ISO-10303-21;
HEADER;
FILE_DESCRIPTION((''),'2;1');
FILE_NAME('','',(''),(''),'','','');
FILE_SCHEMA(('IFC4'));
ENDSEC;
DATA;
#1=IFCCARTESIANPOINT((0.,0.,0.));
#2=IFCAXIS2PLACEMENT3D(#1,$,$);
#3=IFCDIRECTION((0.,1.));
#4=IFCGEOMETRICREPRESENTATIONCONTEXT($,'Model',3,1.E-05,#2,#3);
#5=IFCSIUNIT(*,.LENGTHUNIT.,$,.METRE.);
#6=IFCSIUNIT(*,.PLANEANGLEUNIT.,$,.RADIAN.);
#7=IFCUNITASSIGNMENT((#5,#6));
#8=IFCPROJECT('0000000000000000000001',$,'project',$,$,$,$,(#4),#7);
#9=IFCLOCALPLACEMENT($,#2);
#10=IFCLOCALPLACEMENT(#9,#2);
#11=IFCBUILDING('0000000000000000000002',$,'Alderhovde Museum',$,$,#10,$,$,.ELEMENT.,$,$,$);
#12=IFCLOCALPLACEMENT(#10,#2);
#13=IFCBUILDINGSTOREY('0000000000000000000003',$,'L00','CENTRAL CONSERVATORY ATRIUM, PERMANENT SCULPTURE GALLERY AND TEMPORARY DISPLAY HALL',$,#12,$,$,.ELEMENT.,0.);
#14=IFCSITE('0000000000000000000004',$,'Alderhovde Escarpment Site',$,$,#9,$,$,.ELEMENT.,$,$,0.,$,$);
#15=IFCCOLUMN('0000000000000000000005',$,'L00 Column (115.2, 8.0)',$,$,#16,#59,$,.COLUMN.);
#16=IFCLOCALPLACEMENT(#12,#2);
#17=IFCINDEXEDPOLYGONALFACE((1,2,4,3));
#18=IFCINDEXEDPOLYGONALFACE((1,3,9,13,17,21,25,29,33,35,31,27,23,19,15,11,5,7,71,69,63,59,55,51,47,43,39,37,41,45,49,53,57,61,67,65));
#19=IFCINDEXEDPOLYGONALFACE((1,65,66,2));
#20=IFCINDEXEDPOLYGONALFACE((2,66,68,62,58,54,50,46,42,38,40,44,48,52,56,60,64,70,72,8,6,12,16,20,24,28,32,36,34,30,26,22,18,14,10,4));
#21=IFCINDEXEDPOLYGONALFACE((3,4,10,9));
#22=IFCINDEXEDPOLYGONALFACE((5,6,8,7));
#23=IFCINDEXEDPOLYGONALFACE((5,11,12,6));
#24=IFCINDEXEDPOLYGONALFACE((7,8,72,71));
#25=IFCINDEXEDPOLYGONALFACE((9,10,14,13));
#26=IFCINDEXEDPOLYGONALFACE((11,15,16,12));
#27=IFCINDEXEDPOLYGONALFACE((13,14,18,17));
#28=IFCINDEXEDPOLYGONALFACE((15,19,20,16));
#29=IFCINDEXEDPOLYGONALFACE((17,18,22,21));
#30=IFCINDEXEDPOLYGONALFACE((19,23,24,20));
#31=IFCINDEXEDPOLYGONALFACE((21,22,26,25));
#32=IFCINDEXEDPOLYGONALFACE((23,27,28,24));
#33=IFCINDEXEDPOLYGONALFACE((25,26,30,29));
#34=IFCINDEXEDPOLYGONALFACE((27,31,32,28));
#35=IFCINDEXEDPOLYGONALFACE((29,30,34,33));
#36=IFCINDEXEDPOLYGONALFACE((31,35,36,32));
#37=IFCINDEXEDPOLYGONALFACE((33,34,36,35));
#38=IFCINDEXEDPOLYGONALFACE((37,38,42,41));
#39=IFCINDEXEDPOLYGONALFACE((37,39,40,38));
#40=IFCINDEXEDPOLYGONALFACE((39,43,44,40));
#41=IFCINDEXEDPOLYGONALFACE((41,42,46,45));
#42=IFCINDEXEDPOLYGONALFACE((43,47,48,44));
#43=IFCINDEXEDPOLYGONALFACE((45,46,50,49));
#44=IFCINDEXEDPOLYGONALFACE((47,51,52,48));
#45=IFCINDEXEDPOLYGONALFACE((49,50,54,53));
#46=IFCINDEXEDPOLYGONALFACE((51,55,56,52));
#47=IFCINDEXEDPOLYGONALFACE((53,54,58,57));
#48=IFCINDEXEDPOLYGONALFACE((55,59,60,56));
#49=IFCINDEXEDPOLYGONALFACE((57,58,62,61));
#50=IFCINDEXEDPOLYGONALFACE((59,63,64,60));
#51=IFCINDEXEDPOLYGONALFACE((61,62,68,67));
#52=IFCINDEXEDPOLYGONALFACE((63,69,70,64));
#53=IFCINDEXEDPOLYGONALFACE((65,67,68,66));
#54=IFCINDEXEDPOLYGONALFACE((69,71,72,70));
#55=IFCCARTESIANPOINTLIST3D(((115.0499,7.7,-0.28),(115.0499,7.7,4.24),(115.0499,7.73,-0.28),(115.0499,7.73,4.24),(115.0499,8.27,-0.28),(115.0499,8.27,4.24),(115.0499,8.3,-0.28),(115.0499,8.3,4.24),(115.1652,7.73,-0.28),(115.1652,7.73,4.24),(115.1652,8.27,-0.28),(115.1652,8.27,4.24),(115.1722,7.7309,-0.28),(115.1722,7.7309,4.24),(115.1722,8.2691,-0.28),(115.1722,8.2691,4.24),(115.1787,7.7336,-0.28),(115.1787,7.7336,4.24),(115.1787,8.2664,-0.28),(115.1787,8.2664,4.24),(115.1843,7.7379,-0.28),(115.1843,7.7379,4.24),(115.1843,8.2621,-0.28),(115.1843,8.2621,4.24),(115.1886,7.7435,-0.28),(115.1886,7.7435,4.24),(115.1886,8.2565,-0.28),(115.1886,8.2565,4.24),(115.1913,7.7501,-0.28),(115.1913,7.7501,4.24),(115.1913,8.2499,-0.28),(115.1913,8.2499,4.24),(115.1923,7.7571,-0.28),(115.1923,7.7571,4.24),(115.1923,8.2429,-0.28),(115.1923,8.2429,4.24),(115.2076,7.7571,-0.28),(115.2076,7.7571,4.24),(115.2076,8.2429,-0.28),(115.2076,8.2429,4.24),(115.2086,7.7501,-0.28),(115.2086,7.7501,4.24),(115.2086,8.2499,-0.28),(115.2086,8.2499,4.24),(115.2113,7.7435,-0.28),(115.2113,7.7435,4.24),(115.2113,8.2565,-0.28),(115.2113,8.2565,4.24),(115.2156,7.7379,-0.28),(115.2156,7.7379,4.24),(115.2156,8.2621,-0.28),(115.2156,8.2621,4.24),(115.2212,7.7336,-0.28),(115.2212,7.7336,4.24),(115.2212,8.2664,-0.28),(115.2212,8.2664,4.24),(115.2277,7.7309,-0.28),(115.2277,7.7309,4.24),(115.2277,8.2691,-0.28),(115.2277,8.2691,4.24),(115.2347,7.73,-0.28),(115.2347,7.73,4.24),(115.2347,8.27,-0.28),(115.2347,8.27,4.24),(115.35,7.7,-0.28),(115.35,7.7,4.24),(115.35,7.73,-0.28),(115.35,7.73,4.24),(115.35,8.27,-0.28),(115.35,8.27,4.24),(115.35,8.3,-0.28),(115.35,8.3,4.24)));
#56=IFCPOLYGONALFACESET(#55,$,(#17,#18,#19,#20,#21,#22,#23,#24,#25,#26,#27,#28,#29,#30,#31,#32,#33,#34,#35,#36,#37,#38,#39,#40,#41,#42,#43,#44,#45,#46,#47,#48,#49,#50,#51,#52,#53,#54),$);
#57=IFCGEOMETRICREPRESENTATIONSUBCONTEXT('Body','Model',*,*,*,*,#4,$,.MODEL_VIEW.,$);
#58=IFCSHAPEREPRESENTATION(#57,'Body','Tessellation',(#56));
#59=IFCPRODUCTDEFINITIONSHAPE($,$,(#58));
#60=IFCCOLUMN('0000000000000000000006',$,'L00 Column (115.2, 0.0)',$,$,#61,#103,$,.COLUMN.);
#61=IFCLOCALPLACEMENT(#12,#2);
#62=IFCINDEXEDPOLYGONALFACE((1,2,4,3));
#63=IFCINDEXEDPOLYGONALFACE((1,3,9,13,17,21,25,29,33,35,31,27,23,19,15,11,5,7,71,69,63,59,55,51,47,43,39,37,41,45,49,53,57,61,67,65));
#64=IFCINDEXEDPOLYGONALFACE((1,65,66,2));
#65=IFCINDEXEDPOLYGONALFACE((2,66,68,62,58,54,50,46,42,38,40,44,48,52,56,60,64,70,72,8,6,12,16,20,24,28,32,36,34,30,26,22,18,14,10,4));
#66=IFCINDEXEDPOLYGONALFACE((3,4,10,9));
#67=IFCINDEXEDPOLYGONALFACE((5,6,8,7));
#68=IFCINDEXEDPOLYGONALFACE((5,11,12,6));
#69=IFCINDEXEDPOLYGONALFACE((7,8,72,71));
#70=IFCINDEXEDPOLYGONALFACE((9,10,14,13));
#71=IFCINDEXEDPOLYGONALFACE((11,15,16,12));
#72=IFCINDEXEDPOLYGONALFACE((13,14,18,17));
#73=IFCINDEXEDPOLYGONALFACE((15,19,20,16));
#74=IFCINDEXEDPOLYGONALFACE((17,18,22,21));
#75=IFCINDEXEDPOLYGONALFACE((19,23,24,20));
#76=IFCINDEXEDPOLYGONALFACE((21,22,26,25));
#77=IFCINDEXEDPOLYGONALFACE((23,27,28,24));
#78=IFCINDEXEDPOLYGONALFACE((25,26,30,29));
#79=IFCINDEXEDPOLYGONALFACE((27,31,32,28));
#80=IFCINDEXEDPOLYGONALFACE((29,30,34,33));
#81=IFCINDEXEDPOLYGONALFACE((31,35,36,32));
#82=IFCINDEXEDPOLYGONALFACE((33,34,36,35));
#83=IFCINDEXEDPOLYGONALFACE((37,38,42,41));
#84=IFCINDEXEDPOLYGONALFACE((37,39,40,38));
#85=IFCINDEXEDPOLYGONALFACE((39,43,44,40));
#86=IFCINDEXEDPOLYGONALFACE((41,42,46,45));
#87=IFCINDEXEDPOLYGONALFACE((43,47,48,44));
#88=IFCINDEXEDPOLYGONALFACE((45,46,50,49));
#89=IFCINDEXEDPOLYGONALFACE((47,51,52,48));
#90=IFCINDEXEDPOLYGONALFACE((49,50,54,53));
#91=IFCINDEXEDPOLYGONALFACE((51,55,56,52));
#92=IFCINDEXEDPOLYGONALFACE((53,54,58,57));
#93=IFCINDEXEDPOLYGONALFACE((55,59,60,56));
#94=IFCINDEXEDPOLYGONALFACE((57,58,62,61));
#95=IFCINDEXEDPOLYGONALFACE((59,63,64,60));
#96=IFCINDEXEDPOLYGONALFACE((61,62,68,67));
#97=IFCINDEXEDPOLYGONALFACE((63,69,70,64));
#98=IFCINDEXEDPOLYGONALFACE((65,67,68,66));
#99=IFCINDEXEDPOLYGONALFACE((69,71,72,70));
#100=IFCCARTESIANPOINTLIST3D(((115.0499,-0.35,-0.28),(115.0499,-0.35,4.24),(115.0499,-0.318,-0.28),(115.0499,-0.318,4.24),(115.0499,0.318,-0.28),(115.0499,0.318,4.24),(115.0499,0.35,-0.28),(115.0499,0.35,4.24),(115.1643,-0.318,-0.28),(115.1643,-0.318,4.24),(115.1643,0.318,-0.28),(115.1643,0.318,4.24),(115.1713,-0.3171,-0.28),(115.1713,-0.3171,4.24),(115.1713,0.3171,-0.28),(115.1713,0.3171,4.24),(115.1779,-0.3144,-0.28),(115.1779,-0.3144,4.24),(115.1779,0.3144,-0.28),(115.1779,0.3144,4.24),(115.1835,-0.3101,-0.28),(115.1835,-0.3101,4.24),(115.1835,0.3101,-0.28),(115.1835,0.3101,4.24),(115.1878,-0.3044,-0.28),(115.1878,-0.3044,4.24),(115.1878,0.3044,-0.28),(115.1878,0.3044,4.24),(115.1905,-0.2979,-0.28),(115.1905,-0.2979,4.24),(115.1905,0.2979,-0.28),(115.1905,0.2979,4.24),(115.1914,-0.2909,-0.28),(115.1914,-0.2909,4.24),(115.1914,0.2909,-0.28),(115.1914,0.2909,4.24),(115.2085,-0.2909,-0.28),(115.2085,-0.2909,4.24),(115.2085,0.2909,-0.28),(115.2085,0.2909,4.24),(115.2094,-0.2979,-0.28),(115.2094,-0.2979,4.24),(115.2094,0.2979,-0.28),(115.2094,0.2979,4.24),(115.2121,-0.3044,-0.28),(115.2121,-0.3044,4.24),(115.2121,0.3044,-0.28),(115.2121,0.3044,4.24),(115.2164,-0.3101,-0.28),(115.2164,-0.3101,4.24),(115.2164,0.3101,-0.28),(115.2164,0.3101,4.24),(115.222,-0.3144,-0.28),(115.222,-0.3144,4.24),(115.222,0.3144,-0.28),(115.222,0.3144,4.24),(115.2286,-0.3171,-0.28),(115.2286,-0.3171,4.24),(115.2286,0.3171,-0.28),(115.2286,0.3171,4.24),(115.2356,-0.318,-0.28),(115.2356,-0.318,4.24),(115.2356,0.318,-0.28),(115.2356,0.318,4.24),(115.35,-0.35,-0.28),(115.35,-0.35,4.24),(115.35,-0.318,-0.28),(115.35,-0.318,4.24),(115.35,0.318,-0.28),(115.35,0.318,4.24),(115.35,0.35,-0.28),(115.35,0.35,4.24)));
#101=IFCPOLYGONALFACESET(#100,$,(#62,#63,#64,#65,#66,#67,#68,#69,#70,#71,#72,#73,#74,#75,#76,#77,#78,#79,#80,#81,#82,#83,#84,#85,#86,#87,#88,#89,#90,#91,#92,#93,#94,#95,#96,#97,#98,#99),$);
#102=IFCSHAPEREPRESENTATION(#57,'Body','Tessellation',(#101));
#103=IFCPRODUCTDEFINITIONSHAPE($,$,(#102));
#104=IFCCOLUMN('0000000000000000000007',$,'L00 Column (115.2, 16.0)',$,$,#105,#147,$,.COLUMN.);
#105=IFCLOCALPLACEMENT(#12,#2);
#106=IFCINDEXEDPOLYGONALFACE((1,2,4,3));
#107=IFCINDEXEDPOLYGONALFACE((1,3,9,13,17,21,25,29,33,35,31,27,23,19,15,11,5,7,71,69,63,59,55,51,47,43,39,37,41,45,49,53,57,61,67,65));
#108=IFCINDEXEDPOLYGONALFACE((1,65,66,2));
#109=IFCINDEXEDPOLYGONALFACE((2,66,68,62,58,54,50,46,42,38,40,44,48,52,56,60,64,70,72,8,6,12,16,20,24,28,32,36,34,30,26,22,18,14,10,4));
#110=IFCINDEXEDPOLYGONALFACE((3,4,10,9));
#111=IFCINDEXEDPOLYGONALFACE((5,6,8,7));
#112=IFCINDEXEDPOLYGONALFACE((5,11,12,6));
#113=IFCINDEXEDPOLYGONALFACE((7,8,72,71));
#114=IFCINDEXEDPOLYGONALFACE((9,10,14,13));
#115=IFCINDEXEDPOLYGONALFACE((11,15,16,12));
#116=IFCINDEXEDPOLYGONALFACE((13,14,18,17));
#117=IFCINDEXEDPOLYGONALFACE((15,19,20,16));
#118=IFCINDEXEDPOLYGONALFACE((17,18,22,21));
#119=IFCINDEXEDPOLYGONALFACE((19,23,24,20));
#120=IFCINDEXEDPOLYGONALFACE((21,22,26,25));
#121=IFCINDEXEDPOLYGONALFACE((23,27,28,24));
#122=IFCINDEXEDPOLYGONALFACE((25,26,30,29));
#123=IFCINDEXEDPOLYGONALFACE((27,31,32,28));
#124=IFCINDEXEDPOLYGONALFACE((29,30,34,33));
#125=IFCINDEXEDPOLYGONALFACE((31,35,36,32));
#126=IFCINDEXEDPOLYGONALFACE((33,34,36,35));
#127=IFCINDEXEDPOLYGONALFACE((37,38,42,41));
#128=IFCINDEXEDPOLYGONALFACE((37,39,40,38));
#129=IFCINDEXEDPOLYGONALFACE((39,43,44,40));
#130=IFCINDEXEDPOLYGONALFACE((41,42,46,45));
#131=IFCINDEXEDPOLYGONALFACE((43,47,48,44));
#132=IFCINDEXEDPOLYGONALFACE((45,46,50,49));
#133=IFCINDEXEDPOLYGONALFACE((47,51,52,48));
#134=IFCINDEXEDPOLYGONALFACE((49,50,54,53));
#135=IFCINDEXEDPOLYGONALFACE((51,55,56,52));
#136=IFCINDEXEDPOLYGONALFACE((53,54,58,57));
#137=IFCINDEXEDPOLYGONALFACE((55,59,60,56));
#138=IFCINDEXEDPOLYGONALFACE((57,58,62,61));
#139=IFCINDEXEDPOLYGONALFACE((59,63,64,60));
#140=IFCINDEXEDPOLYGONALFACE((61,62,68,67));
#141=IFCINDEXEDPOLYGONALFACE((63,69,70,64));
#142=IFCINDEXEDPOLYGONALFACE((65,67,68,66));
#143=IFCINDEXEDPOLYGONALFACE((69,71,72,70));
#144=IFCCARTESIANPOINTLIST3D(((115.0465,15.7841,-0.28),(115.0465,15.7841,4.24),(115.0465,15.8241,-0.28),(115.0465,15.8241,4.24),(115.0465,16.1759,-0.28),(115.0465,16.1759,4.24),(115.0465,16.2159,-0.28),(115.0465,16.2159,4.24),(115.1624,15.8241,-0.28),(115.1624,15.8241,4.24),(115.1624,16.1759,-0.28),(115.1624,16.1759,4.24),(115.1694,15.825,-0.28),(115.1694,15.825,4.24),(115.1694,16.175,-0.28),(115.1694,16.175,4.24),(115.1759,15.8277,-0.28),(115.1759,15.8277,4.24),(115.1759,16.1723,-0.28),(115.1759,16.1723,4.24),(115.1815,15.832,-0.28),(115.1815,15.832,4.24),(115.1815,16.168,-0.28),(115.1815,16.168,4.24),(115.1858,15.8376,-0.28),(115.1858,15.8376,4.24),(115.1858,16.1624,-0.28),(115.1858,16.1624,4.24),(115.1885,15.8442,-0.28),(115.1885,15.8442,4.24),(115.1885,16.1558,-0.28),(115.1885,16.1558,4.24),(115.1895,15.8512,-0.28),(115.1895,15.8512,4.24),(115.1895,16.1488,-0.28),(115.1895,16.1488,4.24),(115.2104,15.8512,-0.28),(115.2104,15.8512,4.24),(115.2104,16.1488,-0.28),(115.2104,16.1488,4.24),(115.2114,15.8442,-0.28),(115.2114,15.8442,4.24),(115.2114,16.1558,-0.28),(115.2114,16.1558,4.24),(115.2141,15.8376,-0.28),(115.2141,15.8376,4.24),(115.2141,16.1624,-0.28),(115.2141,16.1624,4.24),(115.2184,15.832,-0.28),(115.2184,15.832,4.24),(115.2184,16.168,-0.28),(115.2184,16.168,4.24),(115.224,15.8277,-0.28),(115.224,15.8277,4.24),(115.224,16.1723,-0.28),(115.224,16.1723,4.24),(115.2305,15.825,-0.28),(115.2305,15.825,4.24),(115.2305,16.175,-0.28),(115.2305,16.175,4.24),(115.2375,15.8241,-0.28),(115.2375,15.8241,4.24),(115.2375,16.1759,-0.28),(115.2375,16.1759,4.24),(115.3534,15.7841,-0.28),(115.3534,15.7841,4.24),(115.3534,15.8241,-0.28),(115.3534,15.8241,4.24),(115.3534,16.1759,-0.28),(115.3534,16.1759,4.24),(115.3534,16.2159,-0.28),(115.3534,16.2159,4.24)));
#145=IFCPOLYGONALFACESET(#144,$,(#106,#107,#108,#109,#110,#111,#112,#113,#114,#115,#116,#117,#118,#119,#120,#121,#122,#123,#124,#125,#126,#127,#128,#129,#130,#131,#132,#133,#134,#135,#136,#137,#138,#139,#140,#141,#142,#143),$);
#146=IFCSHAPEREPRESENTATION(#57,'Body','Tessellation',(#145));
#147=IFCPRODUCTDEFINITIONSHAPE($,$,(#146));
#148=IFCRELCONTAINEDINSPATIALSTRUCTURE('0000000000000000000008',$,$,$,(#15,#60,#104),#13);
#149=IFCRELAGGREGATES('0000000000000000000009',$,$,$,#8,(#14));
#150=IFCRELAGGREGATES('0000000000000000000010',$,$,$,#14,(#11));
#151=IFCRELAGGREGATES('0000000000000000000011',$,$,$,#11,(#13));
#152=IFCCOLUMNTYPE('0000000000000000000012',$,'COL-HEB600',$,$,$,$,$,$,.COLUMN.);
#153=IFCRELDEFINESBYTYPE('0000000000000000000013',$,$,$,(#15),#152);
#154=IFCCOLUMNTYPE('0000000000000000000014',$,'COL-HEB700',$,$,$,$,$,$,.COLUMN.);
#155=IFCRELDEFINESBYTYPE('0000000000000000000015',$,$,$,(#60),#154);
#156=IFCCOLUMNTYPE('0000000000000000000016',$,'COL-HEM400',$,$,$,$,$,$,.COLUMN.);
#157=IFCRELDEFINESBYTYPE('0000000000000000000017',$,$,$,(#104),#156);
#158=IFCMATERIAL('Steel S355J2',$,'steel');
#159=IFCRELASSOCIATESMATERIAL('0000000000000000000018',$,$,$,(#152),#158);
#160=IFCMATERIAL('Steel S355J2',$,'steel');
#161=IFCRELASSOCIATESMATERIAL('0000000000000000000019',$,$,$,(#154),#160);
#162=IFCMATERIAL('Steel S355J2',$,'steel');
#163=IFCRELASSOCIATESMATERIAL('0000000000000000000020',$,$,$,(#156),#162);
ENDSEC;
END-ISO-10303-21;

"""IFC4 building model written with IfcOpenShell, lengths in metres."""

from ifc_helpers import new_model, si_unit, direction, frame, origin, origin_2d, place, context, subcontext, project, spatial, i_section, extrude, material, material_profile, profile_set, type_object, element, save


model = new_model("IFC4")

# Units and contexts
model_context = context("Model", 3, precision=1e-05, world=origin(), true_north=direction((0.0, 1.0)))
body_context = subcontext(model_context, "Body", "Model", "MODEL_VIEW")
ifc_project = project(units=[si_unit("LENGTHUNIT", "METRE"), si_unit("PLANEANGLEUNIT", "RADIAN")], contexts=[model_context])

# Site, building, storey
site_placement = place(None, origin())
site = spatial("IfcSite", under=ifc_project, at=site_placement, Name="Alderhovde Escarpment Site", CompositionType="ELEMENT", RefElevation=0.0)
building_placement = place(site_placement, origin())
building = spatial("IfcBuilding", under=site, at=building_placement, Name="Alderhovde Museum", CompositionType="ELEMENT")
storey_placement = place(building_placement, origin())
storey = spatial("IfcBuildingStorey", under=building, at=storey_placement, Name="L00", Description="CENTRAL CONSERVATORY ATRIUM, PERMANENT SCULPTURE GALLERY AND TEMPORARY DISPLAY HALL", CompositionType="ELEMENT", Elevation=0.0)

# Columns
ifc_material_1 = material(Name="Steel S355J2", Category="steel")
ifc_material_profile_1 = material_profile(ifc_material_1, i_section(OverallWidth=0.3, OverallDepth=0.6001, WebThickness=0.0154, FlangeThickness=0.03, FilletRadius=0.0271, at=origin_2d()), Name="HEB 600")
ifc_profile_set_1 = profile_set([ifc_material_profile_1], Name="Steel S355J2")
column_type_1 = type_object("IfcColumnType", Name="COL-HEB600", PredefinedType="COLUMN", material=ifc_profile_set_1)
column_1_placement = place(storey_placement, frame((115.2, 8.0, -0.28), z_axis=(0.0, 0.0, 1.0), x_axis=(1.0, 0.0, 0.0)))
element("IfcColumn", 1, at=column_1_placement, inside=storey, type_object=column_type_1, Name="L00 Column (115.2, 8.0)", PredefinedType="COLUMN", context=body_context, shape_type="SweptSolid", body=[
    extrude(i_section(OverallWidth=0.3, OverallDepth=0.6001, WebThickness=0.0154, FlangeThickness=0.03, FilletRadius=0.0271, at=origin_2d()), origin(), (0.0, 0.0, 1.0), 4.52),
])
ifc_material_2 = material(Name="Steel S355J2", Category="steel")
ifc_material_profile_2 = material_profile(ifc_material_2, i_section(OverallWidth=0.3, OverallDepth=0.7, WebThickness=0.0171, FlangeThickness=0.032, FilletRadius=0.0271, at=origin_2d()), Name="HEB 700")
ifc_profile_set_2 = profile_set([ifc_material_profile_2], Name="Steel S355J2")
column_type_2 = type_object("IfcColumnType", Name="COL-HEB700", PredefinedType="COLUMN", material=ifc_profile_set_2)
column_2_placement = place(storey_placement, frame((115.2, 0.0, -0.28), z_axis=(0.0, 0.0, 1.0), x_axis=(1.0, 0.0, 0.0)))
element("IfcColumn", 2, at=column_2_placement, inside=storey, type_object=column_type_2, Name="L00 Column (115.2, 0.0)", PredefinedType="COLUMN", context=body_context, shape_type="SweptSolid", body=[
    extrude(i_section(OverallWidth=0.3, OverallDepth=0.7, WebThickness=0.0171, FlangeThickness=0.032, FilletRadius=0.0271, at=origin_2d()), origin(), (0.0, 0.0, 1.0), 4.52),
])
ifc_material_3 = material(Name="Steel S355J2", Category="steel")
ifc_material_profile_3 = material_profile(ifc_material_3, i_section(OverallWidth=0.3069, OverallDepth=0.4319, WebThickness=0.021, FlangeThickness=0.04, FilletRadius=0.0271, at=origin_2d()), Name="HEM 400")
ifc_profile_set_3 = profile_set([ifc_material_profile_3], Name="Steel S355J2")
column_type_3 = type_object("IfcColumnType", Name="COL-HEM400", PredefinedType="COLUMN", material=ifc_profile_set_3)
column_3_placement = place(storey_placement, frame((115.2, 16.0, -0.28), z_axis=(0.0, 0.0, 1.0), x_axis=(1.0, 0.0, 0.0)))
element("IfcColumn", 3, at=column_3_placement, inside=storey, type_object=column_type_3, Name="L00 Column (115.2, 16.0)", PredefinedType="COLUMN", context=body_context, shape_type="SweptSolid", body=[
    extrude(i_section(OverallWidth=0.3069, OverallDepth=0.4319, WebThickness=0.021, FlangeThickness=0.04, FilletRadius=0.0271, at=origin_2d()), origin(), (0.0, 0.0, 1.0), 4.52),
])

save(model, "model.ifc")
